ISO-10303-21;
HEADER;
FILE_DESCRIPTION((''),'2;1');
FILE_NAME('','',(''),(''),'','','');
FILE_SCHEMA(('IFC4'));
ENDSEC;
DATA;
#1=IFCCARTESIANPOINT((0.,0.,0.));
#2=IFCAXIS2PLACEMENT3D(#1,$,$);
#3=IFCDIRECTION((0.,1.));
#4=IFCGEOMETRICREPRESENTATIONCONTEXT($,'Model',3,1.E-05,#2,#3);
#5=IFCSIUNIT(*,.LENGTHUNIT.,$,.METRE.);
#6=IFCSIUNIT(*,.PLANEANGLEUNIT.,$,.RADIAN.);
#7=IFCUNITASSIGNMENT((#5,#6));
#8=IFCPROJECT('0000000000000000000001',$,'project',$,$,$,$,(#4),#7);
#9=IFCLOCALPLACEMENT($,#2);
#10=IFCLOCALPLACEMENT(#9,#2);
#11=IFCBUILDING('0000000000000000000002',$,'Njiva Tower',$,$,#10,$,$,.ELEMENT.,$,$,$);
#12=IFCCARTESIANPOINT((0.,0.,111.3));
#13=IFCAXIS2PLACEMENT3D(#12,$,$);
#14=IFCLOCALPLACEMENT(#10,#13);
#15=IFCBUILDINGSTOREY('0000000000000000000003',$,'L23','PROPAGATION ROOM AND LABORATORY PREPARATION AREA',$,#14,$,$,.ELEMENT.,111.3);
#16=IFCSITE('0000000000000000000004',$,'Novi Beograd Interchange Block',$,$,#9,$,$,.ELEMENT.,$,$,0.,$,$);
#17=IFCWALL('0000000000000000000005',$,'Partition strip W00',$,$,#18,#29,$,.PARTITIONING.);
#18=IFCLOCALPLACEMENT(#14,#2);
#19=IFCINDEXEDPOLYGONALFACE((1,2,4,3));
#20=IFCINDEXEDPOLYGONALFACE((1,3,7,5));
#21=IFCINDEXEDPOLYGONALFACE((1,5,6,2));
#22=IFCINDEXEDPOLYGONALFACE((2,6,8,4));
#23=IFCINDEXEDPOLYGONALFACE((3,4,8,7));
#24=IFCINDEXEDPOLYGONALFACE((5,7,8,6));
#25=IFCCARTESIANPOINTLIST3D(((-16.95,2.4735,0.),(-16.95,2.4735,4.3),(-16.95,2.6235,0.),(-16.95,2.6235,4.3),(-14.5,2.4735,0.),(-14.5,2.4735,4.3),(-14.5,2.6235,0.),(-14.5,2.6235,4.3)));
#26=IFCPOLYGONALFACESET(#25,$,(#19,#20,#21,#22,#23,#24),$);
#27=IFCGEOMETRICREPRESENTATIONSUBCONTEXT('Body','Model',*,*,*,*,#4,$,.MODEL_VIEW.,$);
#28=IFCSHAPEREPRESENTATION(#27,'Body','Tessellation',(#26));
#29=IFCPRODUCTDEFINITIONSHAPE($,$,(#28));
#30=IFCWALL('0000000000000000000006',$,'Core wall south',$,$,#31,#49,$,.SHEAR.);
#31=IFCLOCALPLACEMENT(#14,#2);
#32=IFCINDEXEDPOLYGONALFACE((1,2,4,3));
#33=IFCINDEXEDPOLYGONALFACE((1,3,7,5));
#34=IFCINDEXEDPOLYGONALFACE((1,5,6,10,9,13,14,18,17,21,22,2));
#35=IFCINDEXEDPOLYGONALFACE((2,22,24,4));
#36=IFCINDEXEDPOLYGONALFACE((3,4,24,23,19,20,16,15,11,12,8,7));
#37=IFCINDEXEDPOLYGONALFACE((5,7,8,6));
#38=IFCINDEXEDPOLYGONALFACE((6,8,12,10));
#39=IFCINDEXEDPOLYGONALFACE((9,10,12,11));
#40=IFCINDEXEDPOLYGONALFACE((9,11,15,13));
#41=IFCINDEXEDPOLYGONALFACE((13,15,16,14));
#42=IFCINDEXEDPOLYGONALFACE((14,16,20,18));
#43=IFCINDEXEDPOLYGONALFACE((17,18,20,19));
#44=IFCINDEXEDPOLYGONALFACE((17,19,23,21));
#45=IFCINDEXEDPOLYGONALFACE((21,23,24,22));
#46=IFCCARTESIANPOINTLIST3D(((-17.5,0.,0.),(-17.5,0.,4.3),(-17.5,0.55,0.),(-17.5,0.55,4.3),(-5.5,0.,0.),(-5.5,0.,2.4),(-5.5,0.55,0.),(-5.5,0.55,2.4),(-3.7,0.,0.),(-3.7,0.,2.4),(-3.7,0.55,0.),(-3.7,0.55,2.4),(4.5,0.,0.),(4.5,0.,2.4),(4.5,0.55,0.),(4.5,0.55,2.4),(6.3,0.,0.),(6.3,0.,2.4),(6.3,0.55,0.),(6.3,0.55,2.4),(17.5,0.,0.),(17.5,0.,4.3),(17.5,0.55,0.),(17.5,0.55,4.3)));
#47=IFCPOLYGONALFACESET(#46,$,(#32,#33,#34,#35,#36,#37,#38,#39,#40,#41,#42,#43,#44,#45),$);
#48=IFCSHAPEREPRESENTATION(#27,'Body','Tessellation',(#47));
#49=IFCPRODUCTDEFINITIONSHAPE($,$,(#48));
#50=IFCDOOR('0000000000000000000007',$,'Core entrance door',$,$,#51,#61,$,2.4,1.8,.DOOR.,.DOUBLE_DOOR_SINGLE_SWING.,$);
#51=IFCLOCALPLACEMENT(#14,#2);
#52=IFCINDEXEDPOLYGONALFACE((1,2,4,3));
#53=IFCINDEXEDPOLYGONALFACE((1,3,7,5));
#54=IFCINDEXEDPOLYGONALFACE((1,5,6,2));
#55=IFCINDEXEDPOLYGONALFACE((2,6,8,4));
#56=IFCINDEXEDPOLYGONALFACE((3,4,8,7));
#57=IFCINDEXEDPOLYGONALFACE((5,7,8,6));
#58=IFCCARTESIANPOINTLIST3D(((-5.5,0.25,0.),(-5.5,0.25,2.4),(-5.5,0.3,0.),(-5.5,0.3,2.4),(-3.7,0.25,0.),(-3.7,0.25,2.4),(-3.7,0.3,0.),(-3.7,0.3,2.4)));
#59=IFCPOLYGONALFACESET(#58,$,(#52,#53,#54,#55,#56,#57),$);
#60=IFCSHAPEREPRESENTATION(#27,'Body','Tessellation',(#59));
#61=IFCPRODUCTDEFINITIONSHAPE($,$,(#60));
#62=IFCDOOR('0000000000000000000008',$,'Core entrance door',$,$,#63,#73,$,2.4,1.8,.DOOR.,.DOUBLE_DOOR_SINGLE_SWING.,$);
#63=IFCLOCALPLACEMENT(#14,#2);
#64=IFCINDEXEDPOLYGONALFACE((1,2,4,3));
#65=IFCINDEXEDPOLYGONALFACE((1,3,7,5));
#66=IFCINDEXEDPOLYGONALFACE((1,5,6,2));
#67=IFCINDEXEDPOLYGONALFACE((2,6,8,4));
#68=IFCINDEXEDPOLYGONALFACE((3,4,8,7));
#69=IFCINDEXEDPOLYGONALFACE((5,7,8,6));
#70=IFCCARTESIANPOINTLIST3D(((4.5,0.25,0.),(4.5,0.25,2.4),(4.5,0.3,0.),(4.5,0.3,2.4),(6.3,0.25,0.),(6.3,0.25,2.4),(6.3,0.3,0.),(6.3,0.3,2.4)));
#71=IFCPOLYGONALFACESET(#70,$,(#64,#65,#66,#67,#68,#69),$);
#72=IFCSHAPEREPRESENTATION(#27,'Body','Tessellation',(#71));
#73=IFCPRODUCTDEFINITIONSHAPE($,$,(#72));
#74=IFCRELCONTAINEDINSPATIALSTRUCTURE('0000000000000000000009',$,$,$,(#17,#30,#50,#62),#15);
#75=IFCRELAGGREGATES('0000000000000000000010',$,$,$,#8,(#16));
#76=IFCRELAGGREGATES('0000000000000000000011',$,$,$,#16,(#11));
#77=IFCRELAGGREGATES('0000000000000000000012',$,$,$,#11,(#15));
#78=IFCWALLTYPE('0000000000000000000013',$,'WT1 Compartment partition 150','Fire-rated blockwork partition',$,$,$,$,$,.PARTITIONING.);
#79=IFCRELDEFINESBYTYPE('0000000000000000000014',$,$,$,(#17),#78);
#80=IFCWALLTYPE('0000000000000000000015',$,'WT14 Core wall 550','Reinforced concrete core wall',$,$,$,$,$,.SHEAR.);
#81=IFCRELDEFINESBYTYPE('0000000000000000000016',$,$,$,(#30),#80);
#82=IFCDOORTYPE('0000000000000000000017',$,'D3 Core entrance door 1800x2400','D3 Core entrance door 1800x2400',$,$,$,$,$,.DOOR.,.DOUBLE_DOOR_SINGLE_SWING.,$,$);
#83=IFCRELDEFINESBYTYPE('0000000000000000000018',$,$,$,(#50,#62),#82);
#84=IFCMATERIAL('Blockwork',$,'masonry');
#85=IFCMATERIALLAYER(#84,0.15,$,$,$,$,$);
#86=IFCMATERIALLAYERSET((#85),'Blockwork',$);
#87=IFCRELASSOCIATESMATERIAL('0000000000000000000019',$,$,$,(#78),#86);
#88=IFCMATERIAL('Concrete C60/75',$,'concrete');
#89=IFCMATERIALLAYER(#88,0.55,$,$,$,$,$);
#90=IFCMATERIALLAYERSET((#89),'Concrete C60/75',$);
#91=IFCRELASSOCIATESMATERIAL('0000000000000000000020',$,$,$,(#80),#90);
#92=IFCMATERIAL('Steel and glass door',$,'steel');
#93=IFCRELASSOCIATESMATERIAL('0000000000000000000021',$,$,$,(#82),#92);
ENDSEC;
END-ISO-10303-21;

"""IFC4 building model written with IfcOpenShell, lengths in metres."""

from ifc_helpers import new_model, si_unit, direction, frame, frame_2d, origin, place, context, subcontext, project, spatial, rectangle, extrude, material, layer, layer_set, type_object, element, fill, save


model = new_model("IFC4")

# Units and contexts
model_context = context("Model", 3, precision=1e-05, world=origin(), true_north=direction((0.0, 1.0)))
body_context = subcontext(model_context, "Body", "Model", "MODEL_VIEW")
ifc_project = project(units=[si_unit("LENGTHUNIT", "METRE"), si_unit("PLANEANGLEUNIT", "RADIAN")], contexts=[model_context])

# Site, building, storey
site_placement = place(None, origin())
site = spatial("IfcSite", under=ifc_project, at=site_placement, Name="Novi Beograd Interchange Block", CompositionType="ELEMENT", RefElevation=0.0)
building_placement = place(site_placement, origin())
building = spatial("IfcBuilding", under=site, at=building_placement, Name="Njiva Tower", CompositionType="ELEMENT")
storey_placement = place(building_placement, frame((0.0, 0.0, 111.3)))
storey = spatial("IfcBuildingStorey", under=building, at=storey_placement, Name="L23", Description="PROPAGATION ROOM AND LABORATORY PREPARATION AREA", CompositionType="ELEMENT", Elevation=111.3)

# Wall
ifc_material_1 = material(Name="Blockwork", Category="masonry")
ifc_layer_1 = layer(ifc_material_1, 0.15)
ifc_layer_set_1 = layer_set([ifc_layer_1], Name="Blockwork")
wall_type_1 = type_object("IfcWallType", Name="WT1 Compartment partition 150", Description="Fire-rated blockwork partition", PredefinedType="PARTITIONING", material=ifc_layer_set_1)
wall_1_placement = place(storey_placement, frame((-16.95, 2.5485, 0.0), z_axis=(0.0, 0.0, 1.0), x_axis=(1.0, 0.0, 0.0)))
element("IfcWall", 1, at=wall_1_placement, inside=storey, type_object=wall_type_1, Name="Partition strip W00", PredefinedType="PARTITIONING", context=body_context, shape_type="SweptSolid", body=[
    extrude(rectangle(XDim=2.45, YDim=0.15, at=frame_2d((1.225, 0.0))), origin(), (0.0, 0.0, 1.0), 4.3),
])

# Wall, openings, doors
ifc_material_2 = material(Name="Concrete C60/75", Category="concrete")
ifc_layer_2 = layer(ifc_material_2, 0.55)
ifc_layer_set_2 = layer_set([ifc_layer_2], Name="Concrete C60/75")
wall_type_2 = type_object("IfcWallType", Name="WT14 Core wall 550", Description="Reinforced concrete core wall", PredefinedType="SHEAR", material=ifc_layer_set_2)
wall_2_placement = place(storey_placement, frame((-17.5, 0.275, 0.0), z_axis=(0.0, 0.0, 1.0), x_axis=(1.0, 0.0, 0.0)))
wall_2 = element("IfcWall", 2, at=wall_2_placement, inside=storey, type_object=wall_type_2, Name="Core wall south", PredefinedType="SHEAR", context=body_context, shape_type="SweptSolid", body=[
    extrude(rectangle(XDim=35.0, YDim=0.55, at=frame_2d((17.5, 0.0))), origin(), (0.0, 0.0, 1.0), 4.3),
])
opening_1_placement = place(wall_2_placement, frame((12.0, 0.0, 0.0)))
opening_1 = element("IfcOpeningElement", 3, at=opening_1_placement, cuts=wall_2, PredefinedType="OPENING", context=body_context, shape_type="SweptSolid", body=[
    extrude(rectangle(XDim=1.8, YDim=2.4, at=frame_2d((0.9, 1.2))), frame((0.0, 0.285, 0.0), z_axis=(0.0, -1.0, 0.0), x_axis=(1.0, 0.0, 0.0)), (0.0, 0.0, 1.0), 0.57),
])
opening_2_placement = place(wall_2_placement, frame((22.0, 0.0, 0.0)))
opening_2 = element("IfcOpeningElement", 4, at=opening_2_placement, cuts=wall_2, PredefinedType="OPENING", context=body_context, shape_type="SweptSolid", body=[
    extrude(rectangle(XDim=1.8, YDim=2.4, at=frame_2d((0.9, 1.2))), frame((0.0, 0.285, 0.0), z_axis=(0.0, -1.0, 0.0), x_axis=(1.0, 0.0, 0.0)), (0.0, 0.0, 1.0), 0.57),
])
ifc_material_3 = material(Name="Steel and glass door", Category="steel")
door_type_1 = type_object("IfcDoorType", Name="D3 Core entrance door 1800x2400", Description="D3 Core entrance door 1800x2400", OperationType="DOUBLE_DOOR_SINGLE_SWING", PredefinedType="DOOR", material=ifc_material_3)
door_1_placement = place(opening_1_placement, origin())
door_1 = element("IfcDoor", 5, at=door_1_placement, inside=storey, type_object=door_type_1, Name="Core entrance door", OperationType="DOUBLE_DOOR_SINGLE_SWING", OverallHeight=2.4, OverallWidth=1.8, PredefinedType="DOOR", context=body_context, shape_type="SweptSolid", body=[
    extrude(rectangle(XDim=1.8, YDim=2.4, at=frame_2d((0.9, 1.2))), frame((0.0, 0.025, 0.0), z_axis=(0.0, -1.0, 0.0), x_axis=(1.0, 0.0, 0.0)), (0.0, 0.0, 1.0), 0.05),
])
fill(opening_1, door_1)
door_2_placement = place(opening_2_placement, origin())
door_2 = element("IfcDoor", 6, at=door_2_placement, inside=storey, type_object=door_type_1, Name="Core entrance door", OperationType="DOUBLE_DOOR_SINGLE_SWING", OverallHeight=2.4, OverallWidth=1.8, PredefinedType="DOOR", context=body_context, shape_type="SweptSolid", body=[
    extrude(rectangle(XDim=1.8, YDim=2.4, at=frame_2d((0.9, 1.2))), frame((0.0, 0.025, 0.0), z_axis=(0.0, -1.0, 0.0), x_axis=(1.0, 0.0, 0.0)), (0.0, 0.0, 1.0), 0.05),
])
fill(opening_2, door_2)

save(model, "model.ifc")
